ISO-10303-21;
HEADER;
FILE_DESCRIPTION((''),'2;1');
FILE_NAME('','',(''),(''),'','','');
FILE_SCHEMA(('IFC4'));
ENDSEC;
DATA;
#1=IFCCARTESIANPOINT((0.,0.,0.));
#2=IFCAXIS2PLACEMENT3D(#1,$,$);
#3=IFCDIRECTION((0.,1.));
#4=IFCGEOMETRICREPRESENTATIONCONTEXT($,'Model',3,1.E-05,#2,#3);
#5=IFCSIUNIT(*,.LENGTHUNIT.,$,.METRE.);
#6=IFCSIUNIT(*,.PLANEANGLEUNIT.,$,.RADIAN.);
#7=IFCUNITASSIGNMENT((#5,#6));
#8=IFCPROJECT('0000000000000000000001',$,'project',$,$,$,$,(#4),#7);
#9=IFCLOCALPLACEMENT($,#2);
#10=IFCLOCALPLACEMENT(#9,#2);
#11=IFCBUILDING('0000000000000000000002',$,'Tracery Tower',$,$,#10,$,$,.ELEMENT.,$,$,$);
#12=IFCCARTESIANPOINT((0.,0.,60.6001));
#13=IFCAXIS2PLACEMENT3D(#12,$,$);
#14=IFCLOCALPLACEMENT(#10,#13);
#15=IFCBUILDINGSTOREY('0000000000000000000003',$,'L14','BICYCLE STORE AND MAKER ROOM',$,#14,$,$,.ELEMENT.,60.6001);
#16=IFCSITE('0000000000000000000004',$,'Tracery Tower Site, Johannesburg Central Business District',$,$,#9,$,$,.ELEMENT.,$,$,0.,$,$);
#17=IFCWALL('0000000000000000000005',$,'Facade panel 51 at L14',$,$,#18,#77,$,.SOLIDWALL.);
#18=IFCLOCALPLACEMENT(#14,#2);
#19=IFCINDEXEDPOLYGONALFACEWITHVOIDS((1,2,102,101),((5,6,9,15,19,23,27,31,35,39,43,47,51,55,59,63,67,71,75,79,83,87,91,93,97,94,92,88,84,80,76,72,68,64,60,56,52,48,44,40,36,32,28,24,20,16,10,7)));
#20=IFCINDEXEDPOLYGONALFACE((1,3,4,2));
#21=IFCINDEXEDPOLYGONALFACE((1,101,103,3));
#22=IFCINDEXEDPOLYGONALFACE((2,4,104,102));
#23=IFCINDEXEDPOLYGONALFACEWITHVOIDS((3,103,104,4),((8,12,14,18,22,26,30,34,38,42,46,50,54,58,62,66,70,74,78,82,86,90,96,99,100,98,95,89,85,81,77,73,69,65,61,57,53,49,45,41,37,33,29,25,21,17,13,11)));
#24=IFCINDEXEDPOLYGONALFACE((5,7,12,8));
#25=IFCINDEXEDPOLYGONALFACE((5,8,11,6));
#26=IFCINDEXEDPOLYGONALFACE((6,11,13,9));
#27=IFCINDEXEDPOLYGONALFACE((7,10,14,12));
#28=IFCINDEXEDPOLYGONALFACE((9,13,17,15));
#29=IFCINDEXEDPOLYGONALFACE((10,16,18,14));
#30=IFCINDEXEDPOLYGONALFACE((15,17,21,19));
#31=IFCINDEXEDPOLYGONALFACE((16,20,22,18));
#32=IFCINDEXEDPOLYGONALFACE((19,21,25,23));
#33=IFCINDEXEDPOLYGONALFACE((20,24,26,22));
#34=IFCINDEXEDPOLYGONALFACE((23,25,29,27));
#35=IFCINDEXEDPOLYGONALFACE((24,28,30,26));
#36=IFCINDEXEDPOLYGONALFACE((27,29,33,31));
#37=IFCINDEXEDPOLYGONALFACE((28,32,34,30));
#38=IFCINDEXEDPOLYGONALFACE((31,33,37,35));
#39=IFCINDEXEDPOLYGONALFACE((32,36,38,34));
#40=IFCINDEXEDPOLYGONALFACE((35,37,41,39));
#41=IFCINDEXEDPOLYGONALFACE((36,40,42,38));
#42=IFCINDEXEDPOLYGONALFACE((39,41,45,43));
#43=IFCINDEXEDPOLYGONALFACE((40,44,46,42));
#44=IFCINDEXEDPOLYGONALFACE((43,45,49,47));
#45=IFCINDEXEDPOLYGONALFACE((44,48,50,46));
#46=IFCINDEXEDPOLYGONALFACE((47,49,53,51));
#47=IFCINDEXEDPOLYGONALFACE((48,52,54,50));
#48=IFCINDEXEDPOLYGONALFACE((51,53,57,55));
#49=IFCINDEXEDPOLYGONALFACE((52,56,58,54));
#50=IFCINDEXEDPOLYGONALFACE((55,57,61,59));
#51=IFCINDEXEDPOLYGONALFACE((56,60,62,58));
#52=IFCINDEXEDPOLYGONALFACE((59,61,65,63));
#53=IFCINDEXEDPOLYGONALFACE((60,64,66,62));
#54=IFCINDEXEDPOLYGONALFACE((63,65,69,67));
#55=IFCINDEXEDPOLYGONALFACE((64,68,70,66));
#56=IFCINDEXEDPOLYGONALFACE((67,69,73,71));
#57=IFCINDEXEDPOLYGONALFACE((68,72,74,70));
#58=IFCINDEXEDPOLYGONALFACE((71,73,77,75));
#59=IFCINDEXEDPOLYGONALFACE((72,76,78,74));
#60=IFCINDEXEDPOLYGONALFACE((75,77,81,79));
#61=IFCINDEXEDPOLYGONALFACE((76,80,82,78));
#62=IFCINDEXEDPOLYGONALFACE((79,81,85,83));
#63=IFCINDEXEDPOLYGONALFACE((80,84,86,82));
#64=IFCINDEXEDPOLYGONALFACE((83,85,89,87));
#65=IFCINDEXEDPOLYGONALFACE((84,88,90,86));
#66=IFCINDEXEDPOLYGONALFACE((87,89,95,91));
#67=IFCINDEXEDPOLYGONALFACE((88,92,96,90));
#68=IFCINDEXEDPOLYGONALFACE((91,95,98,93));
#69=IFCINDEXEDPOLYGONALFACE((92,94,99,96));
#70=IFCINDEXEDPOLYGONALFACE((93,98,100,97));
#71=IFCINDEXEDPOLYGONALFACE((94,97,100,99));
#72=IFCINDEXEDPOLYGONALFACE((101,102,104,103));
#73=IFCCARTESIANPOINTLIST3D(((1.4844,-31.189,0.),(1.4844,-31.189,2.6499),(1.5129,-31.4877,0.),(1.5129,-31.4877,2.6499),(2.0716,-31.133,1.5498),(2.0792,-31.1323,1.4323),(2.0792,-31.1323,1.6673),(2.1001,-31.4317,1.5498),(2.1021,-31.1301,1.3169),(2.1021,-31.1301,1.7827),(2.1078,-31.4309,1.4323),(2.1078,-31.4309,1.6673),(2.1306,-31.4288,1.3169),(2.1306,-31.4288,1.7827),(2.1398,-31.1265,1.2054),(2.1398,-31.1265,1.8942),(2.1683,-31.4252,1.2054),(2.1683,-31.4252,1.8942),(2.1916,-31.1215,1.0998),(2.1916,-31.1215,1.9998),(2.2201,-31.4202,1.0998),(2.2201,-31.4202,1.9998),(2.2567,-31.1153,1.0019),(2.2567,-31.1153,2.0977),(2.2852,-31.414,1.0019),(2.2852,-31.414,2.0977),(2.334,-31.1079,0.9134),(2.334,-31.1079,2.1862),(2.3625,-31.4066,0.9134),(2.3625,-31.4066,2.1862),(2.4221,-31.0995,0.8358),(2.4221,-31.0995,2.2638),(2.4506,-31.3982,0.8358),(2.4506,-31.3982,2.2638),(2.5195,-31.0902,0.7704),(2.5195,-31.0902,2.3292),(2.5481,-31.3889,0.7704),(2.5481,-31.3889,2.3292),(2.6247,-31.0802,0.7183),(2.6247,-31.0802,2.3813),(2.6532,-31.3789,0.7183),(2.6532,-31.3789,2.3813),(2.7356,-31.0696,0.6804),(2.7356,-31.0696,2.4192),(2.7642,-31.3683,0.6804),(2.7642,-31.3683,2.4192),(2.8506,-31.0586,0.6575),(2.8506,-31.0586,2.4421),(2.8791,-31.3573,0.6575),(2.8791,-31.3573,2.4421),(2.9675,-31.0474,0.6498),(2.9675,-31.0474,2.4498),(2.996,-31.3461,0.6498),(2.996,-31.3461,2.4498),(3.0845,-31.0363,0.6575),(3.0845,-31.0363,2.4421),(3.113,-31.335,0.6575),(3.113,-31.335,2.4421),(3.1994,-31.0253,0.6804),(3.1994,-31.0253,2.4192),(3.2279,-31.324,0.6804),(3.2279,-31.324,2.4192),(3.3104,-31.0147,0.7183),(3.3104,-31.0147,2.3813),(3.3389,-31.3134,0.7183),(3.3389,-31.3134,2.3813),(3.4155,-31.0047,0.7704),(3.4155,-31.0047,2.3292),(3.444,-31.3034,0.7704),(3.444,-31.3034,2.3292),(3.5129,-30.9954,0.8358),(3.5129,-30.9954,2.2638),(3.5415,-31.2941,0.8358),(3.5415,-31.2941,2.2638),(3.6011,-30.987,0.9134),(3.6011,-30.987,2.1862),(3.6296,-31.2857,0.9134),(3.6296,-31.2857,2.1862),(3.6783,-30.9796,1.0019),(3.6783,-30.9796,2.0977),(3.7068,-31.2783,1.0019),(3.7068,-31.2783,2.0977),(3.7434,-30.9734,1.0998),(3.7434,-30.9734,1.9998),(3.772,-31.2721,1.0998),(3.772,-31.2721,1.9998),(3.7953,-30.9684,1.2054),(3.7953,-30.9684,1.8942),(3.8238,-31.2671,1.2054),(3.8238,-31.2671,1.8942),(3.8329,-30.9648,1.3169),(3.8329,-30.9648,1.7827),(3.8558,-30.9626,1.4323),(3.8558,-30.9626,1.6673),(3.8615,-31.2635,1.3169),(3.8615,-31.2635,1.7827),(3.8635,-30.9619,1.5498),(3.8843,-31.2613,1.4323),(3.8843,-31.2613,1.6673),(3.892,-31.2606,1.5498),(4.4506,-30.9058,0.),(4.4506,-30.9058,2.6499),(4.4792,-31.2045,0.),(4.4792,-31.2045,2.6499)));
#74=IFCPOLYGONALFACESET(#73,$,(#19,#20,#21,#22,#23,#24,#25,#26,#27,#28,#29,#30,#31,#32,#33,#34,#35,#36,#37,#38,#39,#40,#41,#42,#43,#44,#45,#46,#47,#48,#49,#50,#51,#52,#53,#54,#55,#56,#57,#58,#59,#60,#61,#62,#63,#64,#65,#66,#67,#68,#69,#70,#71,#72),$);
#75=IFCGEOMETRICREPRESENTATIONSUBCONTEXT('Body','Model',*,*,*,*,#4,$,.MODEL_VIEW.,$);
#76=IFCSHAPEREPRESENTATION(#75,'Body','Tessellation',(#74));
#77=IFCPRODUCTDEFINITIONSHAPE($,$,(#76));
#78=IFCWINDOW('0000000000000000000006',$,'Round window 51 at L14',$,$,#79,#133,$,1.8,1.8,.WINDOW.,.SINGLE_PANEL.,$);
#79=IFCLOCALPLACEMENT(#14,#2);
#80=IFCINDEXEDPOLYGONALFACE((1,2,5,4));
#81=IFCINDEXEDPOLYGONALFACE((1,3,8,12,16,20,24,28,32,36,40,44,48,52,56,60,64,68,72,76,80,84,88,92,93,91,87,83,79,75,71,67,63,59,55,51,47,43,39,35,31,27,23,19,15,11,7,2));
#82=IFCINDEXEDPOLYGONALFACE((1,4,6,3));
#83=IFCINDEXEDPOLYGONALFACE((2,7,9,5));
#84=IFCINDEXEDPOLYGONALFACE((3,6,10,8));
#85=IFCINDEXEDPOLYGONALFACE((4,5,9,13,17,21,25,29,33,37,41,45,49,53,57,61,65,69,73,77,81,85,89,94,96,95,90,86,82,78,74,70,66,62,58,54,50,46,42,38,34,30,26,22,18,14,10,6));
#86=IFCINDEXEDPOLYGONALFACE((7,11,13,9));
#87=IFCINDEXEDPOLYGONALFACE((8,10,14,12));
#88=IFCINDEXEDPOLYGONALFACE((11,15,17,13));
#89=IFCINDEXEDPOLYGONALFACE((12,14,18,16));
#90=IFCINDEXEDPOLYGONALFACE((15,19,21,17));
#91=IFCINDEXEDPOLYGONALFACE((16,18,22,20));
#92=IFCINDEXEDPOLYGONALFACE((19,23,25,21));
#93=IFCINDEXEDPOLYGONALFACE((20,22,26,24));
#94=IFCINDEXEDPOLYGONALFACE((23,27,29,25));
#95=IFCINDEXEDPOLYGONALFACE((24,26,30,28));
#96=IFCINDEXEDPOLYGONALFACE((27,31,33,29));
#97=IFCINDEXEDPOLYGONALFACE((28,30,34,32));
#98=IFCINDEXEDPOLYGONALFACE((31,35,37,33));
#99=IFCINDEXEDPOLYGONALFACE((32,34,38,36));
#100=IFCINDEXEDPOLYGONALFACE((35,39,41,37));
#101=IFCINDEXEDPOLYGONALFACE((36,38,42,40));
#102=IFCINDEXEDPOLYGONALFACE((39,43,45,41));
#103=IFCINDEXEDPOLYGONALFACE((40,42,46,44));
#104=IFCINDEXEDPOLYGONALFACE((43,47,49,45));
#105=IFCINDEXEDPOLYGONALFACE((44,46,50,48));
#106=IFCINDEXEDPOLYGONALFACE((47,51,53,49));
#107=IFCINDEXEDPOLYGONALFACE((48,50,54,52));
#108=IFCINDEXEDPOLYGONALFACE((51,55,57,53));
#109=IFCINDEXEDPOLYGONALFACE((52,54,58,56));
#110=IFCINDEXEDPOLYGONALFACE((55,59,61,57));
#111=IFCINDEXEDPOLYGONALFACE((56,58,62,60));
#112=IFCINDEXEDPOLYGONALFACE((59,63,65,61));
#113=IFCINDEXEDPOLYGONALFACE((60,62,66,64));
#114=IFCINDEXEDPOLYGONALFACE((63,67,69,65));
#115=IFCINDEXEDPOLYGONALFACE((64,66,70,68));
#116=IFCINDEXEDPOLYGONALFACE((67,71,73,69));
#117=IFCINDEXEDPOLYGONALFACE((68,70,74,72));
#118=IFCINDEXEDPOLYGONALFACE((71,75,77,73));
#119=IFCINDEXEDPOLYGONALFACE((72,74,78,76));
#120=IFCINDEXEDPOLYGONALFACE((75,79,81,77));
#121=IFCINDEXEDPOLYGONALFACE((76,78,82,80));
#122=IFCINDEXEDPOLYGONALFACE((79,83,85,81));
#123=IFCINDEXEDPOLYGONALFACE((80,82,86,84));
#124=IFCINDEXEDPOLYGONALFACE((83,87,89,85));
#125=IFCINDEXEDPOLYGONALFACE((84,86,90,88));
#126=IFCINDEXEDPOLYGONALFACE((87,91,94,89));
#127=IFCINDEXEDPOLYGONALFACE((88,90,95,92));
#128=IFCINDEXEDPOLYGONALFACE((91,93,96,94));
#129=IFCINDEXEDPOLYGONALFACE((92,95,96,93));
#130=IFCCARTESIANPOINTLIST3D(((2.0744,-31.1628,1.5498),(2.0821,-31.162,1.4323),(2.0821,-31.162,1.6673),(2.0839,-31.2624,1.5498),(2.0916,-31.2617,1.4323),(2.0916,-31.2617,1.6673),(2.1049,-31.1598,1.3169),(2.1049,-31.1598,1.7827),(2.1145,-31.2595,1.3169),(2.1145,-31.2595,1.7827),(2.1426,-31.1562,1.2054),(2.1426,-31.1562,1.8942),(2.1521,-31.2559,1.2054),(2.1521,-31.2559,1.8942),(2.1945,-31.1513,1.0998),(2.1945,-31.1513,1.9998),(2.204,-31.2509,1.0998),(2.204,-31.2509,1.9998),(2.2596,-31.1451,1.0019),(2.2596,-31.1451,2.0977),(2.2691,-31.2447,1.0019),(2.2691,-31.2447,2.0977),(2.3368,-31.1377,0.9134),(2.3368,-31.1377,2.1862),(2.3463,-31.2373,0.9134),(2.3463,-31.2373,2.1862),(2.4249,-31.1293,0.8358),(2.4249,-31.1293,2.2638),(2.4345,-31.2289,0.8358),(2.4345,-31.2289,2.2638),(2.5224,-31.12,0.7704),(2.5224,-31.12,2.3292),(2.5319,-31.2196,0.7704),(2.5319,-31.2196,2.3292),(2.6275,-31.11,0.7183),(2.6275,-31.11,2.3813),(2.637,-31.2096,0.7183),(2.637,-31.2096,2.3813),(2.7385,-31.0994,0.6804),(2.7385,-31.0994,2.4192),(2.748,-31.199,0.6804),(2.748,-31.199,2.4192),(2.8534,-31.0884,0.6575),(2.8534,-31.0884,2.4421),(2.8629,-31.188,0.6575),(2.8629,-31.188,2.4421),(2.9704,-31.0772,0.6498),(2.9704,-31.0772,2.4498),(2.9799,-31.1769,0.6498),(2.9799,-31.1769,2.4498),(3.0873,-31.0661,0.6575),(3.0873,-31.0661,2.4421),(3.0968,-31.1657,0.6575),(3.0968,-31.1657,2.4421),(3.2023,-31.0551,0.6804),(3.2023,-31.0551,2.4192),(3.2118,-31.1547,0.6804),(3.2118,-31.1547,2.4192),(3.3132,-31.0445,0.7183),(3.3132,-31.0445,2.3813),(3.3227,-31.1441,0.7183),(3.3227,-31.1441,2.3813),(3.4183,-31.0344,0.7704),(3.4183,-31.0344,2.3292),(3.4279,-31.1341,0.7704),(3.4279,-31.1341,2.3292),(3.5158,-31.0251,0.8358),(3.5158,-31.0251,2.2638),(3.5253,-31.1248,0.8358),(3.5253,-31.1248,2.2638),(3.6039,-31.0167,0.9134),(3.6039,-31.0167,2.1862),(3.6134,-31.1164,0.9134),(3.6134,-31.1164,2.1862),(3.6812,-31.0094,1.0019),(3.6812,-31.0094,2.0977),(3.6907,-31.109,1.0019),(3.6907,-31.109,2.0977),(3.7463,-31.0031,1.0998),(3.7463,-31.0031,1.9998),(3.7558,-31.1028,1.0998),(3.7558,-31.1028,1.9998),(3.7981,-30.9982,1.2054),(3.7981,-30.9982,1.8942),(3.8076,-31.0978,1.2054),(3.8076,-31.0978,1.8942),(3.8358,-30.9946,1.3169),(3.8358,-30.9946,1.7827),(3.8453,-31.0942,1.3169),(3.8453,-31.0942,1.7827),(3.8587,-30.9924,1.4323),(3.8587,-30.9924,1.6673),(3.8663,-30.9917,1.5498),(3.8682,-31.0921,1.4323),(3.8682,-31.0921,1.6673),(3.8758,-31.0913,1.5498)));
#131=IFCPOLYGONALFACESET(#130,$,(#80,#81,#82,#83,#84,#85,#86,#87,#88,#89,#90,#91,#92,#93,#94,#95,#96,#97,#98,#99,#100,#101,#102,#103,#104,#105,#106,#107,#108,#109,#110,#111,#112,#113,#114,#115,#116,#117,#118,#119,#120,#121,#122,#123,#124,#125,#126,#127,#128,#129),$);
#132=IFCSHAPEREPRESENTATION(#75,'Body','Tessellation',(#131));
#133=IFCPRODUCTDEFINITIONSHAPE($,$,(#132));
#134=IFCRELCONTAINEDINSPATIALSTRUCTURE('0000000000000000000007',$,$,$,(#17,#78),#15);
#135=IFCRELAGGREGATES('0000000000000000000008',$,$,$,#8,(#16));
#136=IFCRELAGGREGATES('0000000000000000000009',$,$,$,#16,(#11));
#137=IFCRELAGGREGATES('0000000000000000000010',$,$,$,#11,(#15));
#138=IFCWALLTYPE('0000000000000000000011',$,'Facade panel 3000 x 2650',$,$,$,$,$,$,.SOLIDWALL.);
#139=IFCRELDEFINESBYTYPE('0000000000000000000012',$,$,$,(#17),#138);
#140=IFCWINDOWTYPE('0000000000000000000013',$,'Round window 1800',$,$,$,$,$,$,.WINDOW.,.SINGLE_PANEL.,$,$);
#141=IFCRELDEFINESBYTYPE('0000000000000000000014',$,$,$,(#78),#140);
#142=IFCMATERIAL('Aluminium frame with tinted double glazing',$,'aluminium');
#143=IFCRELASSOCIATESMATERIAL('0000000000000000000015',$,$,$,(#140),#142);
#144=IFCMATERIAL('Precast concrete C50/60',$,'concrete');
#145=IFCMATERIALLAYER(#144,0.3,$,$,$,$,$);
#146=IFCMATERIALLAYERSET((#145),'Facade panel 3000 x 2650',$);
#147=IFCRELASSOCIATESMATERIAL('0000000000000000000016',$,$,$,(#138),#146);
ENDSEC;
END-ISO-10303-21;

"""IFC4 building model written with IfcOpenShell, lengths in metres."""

from ifc_helpers import new_model, si_unit, direction, frame, frame_2d, origin, origin_2d, place, context, subcontext, project, spatial, rectangle, circle, extrude, material, layer, layer_set, type_object, element, fill, save


model = new_model("IFC4")

# Units and contexts
model_context = context("Model", 3, precision=1e-05, world=origin(), true_north=direction((0.0, 1.0)))
body_context = subcontext(model_context, "Body", "Model", "MODEL_VIEW")
ifc_project = project(units=[si_unit("LENGTHUNIT", "METRE"), si_unit("PLANEANGLEUNIT", "RADIAN")], contexts=[model_context])

# Site, building, storey
site_placement = place(None, origin())
site = spatial("IfcSite", under=ifc_project, at=site_placement, Name="Tracery Tower Site, Johannesburg Central Business District", CompositionType="ELEMENT", RefElevation=0.0)
building_placement = place(site_placement, origin())
building = spatial("IfcBuilding", under=site, at=building_placement, Name="Tracery Tower", CompositionType="ELEMENT")
storey_placement = place(building_placement, frame((0.0, 0.0, 60.6001)))
storey = spatial("IfcBuildingStorey", under=building, at=storey_placement, Name="L14", Description="BICYCLE STORE AND MAKER ROOM", CompositionType="ELEMENT", Elevation=60.6001)

# Wall, opening, window
ifc_material_1 = material(Name="Aluminium frame with tinted double glazing", Category="aluminium")
window_type = type_object("IfcWindowType", Name="Round window 1800", PartitioningType="SINGLE_PANEL", PredefinedType="WINDOW", material=ifc_material_1)
ifc_material_2 = material(Name="Precast concrete C50/60", Category="concrete")
ifc_layer_1 = layer(ifc_material_2, 0.3)
ifc_layer_set_1 = layer_set([ifc_layer_1], Name="Facade panel 3000 x 2650")
wall_type_1 = type_object("IfcWallType", Name="Facade panel 3000 x 2650", PredefinedType="SOLIDWALL", material=ifc_layer_set_1)
wall_1_placement = place(storey_placement, frame((1.4988, -31.3384, 0.0), z_axis=(0.0, 0.0, 1.0), x_axis=(0.995473, 0.095041, 0.0)))
wall_1 = element("IfcWall", 1, at=wall_1_placement, inside=storey, type_object=wall_type_1, Name="Facade panel 51 at L14", PredefinedType="SOLIDWALL", context=body_context, shape_type="SweptSolid", body=[
    extrude(rectangle(XDim=2.9797, YDim=0.3, at=frame_2d((1.4897, 0.0))), origin(), (0.0, 0.0, 1.0), 2.6499),
])
opening_1_placement = place(wall_1_placement, frame((1.4897, 0.0, 1.5498)))
opening_1 = element("IfcOpeningElement", 2, at=opening_1_placement, cuts=wall_1, PredefinedType="OPENING", context=body_context, shape_type="SweptSolid", body=[
    extrude(circle(Radius=0.9, at=origin_2d()), frame((0.0, 0.1599, 0.0), z_axis=(0.0, -1.0, 0.0), x_axis=(1.0, 0.0, 0.0)), (0.0, 0.0, 1.0), 0.3201),
])
window_1_placement = place(opening_1_placement, origin())
window_1 = element("IfcWindow", 3, at=window_1_placement, inside=storey, type_object=window_type, Name="Round window 51 at L14", OverallHeight=1.8, OverallWidth=1.8, PartitioningType="SINGLE_PANEL", PredefinedType="WINDOW", context=body_context, shape_type="SweptSolid", body=[
    extrude(circle(Radius=0.9, at=origin_2d()), frame((0.0, 0.1201, 0.0), z_axis=(0.0, -1.0, 0.0), x_axis=(1.0, 0.0, 0.0)), (0.0, 0.0, 1.0), 0.1001),
])
fill(opening_1, window_1)

save(model, "model.ifc")
